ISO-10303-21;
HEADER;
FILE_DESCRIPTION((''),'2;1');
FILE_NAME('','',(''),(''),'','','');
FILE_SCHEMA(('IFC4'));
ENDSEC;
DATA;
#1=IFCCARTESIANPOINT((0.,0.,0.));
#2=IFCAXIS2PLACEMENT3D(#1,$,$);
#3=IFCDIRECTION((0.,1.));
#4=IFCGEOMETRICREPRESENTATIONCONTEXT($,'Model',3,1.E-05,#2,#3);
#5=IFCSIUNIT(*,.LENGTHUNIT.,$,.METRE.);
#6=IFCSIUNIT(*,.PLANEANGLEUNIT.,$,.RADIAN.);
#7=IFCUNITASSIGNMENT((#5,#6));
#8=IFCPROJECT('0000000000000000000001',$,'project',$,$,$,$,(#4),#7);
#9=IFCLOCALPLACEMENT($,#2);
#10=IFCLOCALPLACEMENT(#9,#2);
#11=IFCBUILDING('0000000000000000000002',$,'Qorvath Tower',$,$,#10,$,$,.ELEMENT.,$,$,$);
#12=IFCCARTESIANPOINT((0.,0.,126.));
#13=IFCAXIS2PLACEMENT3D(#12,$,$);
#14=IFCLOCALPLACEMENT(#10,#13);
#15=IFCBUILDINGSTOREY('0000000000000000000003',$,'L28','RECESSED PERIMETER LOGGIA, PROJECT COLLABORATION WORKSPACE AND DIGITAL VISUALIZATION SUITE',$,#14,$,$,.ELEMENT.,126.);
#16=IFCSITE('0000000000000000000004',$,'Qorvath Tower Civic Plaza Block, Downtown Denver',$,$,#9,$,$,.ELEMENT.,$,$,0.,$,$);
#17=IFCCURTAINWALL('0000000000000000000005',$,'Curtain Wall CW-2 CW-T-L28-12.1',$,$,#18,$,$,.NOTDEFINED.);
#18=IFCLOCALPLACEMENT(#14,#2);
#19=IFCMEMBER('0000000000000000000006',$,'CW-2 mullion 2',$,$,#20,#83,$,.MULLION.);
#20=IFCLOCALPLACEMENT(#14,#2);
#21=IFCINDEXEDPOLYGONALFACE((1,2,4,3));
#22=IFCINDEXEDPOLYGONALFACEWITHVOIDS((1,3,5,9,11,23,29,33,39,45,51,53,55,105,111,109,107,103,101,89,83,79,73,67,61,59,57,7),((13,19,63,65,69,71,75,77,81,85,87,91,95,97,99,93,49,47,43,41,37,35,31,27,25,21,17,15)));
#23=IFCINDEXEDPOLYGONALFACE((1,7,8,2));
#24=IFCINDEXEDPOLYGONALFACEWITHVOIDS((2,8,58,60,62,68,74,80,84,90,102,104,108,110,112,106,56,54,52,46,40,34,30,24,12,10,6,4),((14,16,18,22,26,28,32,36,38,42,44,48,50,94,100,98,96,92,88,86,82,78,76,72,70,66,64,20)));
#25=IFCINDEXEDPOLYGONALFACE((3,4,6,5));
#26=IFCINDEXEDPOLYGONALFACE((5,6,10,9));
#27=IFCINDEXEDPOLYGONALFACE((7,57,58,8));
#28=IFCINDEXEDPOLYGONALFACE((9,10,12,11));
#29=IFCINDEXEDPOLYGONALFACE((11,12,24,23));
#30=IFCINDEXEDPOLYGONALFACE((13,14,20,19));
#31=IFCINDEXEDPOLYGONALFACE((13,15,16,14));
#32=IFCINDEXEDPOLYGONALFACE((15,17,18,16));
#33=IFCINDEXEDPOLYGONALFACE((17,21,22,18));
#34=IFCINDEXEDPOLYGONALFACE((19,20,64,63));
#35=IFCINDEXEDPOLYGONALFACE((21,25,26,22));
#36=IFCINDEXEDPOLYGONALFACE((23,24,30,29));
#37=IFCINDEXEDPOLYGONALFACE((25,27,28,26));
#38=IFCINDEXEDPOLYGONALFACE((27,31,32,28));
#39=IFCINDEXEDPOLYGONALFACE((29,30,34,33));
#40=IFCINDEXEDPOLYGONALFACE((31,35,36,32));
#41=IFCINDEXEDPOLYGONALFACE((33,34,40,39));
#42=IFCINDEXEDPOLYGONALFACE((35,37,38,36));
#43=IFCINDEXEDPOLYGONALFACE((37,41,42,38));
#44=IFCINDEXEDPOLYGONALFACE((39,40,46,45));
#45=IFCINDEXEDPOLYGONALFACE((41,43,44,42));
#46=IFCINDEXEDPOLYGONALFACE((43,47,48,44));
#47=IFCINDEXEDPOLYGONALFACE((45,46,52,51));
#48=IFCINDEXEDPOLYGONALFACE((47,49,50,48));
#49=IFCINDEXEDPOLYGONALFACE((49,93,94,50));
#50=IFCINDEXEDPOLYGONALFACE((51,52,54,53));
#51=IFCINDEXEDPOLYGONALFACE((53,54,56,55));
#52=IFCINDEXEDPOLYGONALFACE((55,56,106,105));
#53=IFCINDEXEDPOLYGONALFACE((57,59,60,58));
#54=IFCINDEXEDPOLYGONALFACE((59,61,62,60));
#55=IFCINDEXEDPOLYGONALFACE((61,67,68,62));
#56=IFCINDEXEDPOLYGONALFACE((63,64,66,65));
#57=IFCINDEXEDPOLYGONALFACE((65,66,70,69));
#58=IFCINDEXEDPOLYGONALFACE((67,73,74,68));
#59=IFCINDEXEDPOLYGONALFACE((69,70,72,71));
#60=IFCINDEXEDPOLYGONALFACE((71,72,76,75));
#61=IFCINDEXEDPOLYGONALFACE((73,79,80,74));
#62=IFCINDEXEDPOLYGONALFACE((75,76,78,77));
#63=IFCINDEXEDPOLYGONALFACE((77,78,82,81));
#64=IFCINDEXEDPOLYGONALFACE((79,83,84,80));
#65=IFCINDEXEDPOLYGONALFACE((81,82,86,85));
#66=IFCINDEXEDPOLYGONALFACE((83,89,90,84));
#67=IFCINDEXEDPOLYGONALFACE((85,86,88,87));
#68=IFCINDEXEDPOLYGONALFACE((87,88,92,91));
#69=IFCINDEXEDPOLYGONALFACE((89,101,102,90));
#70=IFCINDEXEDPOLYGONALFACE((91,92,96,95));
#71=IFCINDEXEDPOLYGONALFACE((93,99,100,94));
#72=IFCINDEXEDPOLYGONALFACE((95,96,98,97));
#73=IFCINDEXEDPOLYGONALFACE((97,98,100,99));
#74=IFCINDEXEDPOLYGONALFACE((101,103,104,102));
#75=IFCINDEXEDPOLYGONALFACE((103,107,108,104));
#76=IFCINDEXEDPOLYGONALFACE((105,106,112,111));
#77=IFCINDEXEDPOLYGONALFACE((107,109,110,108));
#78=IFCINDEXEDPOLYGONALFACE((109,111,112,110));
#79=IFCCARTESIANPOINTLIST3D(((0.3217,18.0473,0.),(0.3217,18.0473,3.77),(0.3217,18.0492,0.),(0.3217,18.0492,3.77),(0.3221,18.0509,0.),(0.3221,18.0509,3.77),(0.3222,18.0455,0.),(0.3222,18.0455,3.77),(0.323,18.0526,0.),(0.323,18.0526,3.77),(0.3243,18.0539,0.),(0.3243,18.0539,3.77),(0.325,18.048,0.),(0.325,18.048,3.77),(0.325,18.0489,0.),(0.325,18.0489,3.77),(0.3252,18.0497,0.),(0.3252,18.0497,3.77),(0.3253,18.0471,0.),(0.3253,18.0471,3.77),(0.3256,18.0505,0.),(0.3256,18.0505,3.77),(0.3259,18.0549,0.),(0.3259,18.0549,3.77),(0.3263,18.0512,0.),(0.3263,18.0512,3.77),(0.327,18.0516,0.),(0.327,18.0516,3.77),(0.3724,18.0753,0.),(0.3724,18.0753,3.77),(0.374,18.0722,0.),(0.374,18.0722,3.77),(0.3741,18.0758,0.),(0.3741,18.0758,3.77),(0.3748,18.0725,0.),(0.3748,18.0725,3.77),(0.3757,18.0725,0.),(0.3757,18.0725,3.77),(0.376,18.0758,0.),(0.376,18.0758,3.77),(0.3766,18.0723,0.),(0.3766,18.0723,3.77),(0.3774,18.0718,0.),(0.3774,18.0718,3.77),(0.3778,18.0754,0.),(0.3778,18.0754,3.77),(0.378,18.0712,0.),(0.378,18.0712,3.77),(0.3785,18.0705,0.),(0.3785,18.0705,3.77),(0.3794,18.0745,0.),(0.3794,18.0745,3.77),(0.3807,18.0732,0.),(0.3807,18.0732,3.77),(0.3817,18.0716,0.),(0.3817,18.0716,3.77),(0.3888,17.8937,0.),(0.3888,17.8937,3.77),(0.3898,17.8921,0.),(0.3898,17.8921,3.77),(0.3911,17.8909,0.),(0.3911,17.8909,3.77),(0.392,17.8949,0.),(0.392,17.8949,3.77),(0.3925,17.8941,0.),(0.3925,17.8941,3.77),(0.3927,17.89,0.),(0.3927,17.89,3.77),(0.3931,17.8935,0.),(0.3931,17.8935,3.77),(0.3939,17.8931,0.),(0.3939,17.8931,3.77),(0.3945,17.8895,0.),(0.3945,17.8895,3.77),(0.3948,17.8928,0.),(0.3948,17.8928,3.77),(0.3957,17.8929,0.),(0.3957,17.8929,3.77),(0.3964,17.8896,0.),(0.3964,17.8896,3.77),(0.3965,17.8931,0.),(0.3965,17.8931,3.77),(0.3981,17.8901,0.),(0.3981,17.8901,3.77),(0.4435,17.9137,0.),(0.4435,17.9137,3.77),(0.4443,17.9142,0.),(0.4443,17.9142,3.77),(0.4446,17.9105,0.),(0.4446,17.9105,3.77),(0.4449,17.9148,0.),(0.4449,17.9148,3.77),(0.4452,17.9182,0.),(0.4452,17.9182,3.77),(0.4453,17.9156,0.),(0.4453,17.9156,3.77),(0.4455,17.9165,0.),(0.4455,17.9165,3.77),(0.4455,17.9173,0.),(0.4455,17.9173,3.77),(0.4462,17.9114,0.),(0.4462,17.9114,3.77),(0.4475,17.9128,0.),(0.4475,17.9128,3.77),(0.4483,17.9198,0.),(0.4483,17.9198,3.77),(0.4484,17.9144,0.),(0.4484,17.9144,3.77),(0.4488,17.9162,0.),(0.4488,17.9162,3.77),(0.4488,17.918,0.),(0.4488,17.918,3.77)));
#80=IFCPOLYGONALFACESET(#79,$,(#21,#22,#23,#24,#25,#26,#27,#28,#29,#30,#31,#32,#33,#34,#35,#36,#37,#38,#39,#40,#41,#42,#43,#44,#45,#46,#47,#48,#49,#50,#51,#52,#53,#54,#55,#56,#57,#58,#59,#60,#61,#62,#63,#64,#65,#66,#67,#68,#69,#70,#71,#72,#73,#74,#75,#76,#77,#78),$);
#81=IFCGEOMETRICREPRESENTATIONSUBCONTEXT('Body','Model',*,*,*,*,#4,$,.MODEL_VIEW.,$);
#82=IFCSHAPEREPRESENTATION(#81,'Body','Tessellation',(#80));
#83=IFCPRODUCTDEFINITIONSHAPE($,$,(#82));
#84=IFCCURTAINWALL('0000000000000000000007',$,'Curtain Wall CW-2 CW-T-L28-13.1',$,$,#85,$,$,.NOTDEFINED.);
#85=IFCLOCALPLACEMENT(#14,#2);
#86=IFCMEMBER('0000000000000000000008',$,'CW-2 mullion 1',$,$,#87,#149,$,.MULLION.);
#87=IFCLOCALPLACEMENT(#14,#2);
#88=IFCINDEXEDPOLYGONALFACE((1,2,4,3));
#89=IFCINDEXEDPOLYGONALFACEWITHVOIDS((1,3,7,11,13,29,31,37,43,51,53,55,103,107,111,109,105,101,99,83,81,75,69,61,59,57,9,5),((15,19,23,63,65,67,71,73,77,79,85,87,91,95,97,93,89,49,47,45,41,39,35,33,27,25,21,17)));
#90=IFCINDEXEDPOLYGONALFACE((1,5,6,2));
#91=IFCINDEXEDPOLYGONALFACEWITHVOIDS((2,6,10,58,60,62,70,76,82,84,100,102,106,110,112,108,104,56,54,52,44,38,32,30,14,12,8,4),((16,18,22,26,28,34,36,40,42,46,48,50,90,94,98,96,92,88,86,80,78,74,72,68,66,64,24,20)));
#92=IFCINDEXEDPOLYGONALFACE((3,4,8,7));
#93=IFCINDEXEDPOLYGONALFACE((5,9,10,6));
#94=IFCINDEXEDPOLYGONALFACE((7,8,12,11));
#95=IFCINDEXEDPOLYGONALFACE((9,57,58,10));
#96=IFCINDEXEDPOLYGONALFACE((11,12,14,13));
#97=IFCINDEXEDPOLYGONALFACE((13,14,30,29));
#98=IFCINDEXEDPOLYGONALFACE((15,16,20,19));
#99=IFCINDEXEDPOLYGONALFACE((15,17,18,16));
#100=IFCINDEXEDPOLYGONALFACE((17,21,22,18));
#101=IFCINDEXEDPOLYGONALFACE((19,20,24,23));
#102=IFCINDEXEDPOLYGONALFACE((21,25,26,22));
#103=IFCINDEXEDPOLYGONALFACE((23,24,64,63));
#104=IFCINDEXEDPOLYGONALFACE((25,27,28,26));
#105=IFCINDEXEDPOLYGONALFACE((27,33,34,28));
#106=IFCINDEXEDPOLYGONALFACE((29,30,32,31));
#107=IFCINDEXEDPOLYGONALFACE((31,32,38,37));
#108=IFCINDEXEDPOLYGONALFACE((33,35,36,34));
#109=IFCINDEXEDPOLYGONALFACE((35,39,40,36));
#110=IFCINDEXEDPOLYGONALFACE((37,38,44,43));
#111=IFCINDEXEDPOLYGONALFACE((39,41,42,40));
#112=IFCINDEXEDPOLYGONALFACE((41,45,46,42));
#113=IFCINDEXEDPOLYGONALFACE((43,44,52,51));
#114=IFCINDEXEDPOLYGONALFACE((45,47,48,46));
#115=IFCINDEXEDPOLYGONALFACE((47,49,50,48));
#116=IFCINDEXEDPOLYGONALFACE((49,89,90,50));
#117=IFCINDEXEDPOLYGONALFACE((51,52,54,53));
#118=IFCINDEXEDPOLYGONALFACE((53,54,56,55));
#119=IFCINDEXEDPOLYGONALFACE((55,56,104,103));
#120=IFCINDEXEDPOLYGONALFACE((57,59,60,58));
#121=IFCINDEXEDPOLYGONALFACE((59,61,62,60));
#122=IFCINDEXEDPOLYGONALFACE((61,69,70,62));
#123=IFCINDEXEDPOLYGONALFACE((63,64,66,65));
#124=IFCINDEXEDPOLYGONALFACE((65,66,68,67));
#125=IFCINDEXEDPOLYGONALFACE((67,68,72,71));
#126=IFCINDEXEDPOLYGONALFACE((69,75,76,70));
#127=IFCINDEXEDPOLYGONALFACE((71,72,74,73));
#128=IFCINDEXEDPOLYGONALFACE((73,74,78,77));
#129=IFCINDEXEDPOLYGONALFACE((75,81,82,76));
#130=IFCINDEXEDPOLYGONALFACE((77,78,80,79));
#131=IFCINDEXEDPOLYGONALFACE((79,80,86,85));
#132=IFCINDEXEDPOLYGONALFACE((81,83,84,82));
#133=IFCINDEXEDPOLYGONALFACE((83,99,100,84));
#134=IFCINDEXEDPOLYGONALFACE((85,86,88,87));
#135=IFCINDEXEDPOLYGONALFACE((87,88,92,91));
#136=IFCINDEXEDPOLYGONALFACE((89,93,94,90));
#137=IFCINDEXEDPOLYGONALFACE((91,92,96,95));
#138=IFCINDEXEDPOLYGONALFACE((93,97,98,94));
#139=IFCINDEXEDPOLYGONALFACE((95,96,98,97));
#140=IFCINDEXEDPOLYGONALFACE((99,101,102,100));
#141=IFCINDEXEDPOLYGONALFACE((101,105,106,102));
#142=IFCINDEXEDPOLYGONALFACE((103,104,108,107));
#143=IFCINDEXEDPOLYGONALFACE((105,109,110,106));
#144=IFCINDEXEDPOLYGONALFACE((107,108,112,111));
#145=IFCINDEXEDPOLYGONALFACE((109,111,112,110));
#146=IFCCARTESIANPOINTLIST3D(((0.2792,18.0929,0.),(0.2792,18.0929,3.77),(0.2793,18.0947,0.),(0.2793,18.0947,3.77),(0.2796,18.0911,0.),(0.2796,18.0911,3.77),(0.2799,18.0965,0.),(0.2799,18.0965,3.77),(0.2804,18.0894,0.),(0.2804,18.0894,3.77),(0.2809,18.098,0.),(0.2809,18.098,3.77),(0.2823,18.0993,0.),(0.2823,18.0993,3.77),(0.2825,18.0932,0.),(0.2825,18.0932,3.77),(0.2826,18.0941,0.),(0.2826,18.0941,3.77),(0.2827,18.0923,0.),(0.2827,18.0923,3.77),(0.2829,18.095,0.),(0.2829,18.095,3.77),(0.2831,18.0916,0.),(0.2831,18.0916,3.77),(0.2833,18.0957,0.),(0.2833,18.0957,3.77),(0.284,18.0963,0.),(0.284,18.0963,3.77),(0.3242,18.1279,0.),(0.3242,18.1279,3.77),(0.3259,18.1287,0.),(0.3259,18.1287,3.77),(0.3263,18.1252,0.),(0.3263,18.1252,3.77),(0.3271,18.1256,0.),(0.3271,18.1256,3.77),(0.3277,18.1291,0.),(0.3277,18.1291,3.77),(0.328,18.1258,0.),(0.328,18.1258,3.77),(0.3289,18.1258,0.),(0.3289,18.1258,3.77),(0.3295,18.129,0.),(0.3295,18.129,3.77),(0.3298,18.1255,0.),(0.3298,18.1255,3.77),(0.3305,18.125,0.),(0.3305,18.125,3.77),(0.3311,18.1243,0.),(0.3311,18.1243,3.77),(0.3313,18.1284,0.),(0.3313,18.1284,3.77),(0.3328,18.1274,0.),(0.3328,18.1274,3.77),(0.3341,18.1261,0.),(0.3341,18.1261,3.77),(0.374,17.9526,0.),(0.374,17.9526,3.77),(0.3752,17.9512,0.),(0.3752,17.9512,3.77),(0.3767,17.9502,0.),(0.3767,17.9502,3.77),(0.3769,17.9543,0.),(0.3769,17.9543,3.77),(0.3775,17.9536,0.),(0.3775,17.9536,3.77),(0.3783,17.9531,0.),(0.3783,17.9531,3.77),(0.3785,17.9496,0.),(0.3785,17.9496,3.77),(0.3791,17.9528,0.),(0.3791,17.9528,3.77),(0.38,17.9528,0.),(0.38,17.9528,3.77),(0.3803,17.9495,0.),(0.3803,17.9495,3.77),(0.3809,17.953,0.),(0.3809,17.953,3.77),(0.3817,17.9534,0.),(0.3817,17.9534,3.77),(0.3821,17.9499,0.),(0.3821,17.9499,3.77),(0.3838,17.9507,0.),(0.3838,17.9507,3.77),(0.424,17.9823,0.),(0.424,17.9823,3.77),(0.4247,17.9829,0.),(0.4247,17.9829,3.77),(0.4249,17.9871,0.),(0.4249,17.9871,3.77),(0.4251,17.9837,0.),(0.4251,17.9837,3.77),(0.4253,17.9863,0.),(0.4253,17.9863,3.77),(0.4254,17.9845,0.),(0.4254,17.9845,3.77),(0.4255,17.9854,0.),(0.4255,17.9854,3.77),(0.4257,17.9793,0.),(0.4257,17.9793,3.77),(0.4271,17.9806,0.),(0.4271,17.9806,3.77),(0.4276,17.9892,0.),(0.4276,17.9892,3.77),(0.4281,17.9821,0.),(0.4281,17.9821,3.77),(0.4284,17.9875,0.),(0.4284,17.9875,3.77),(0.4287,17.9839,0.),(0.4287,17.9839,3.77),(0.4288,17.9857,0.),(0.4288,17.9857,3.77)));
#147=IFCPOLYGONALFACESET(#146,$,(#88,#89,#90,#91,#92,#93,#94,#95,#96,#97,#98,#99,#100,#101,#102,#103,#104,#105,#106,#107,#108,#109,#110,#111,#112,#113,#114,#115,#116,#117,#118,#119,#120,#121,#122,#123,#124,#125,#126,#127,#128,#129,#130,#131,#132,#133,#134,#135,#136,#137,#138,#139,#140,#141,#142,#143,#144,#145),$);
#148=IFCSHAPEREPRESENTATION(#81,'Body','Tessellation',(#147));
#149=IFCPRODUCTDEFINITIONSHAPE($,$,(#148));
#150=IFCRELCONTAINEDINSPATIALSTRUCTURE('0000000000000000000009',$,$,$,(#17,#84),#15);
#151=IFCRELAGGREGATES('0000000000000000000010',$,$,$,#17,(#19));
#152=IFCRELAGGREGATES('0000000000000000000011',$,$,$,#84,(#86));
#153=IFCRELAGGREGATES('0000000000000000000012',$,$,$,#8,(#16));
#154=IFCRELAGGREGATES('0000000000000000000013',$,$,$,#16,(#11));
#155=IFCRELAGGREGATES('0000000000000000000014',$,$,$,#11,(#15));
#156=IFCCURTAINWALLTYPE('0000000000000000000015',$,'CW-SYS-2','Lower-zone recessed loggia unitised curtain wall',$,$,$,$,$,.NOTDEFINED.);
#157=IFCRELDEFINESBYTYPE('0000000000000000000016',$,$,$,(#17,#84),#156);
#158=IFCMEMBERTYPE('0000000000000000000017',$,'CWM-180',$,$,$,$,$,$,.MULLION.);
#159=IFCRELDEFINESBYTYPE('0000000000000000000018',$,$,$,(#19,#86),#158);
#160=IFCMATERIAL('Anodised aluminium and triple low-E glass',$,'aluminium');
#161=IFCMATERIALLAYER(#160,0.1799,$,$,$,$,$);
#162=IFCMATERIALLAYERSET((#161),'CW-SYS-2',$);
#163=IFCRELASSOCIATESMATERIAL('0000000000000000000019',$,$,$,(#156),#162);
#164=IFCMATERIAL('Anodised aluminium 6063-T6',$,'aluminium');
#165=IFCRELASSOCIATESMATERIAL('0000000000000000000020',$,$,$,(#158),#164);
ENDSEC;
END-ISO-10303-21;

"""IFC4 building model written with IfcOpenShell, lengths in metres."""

from ifc_helpers import new_model, si_unit, direction, frame, origin, origin_2d, place, context, subcontext, project, spatial, hollow_rectangle, extrude, material, layer, layer_set, material_profile, profile_set, type_object, element, aggregate, save


model = new_model("IFC4")

# Units and contexts
model_context = context("Model", 3, precision=1e-05, world=origin(), true_north=direction((0.0, 1.0)))
body_context = subcontext(model_context, "Body", "Model", "MODEL_VIEW")
ifc_project = project(units=[si_unit("LENGTHUNIT", "METRE"), si_unit("PLANEANGLEUNIT", "RADIAN")], contexts=[model_context])

# Site, building, storey
site_placement = place(None, origin())
site = spatial("IfcSite", under=ifc_project, at=site_placement, Name="Qorvath Tower Civic Plaza Block, Downtown Denver", CompositionType="ELEMENT", RefElevation=0.0)
building_placement = place(site_placement, origin())
building = spatial("IfcBuilding", under=site, at=building_placement, Name="Qorvath Tower", CompositionType="ELEMENT")
storey_placement = place(building_placement, frame((0.0, 0.0, 126.0)))
storey = spatial("IfcBuildingStorey", under=building, at=storey_placement, Name="L28", Description="RECESSED PERIMETER LOGGIA, PROJECT COLLABORATION WORKSPACE AND DIGITAL VISUALIZATION SUITE", CompositionType="ELEMENT", Elevation=126.0)

# Shared definitions
ifc_material_1 = material(Name="Anodised aluminium and triple low-E glass", Category="aluminium")
ifc_layer_1 = layer(ifc_material_1, 0.1799)
ifc_layer_set_1 = layer_set([ifc_layer_1], Name="CW-SYS-2")
curtain_wall_type = type_object("IfcCurtainWallType", Name="CW-SYS-2", Description="Lower-zone recessed loggia unitised curtain wall", PredefinedType="NOTDEFINED", material=ifc_layer_set_1)
ifc_material_2 = material(Name="Anodised aluminium 6063-T6", Category="aluminium")
ifc_material_profile_1 = material_profile(ifc_material_2, hollow_rectangle(XDim=0.0649, YDim=0.1799, WallThickness=0.0034, InnerFilletRadius=0.0034, OuterFilletRadius=0.0071, at=origin_2d()), Name="CWM 180x65")
ifc_profile_set_1 = profile_set([ifc_material_profile_1], Name="Anodised aluminium 6063-T6")
member_type_1 = type_object("IfcMemberType", Name="CWM-180", PredefinedType="MULLION", material=ifc_profile_set_1)

# Curtain walls, members
curtain_wall_1_placement = place(storey_placement, origin())
curtain_wall_1 = element("IfcCurtainWall", 1, at=curtain_wall_1_placement, inside=storey, type_object=curtain_wall_type, Name="Curtain Wall CW-2 CW-T-L28-12.1", PredefinedType="NOTDEFINED")
member_1_placement = place(storey_placement, frame((0.3853, 17.9827, 0.0), z_axis=(0.0, 0.0, 1.0), x_axis=(-0.915794, -0.401649, 0.0)))
member_1 = element("IfcMember", 2, at=member_1_placement, type_object=member_type_1, Name="CW-2 mullion 2", PredefinedType="MULLION", context=body_context, shape_type="SweptSolid", body=[
    extrude(hollow_rectangle(XDim=0.0649, YDim=0.1799, WallThickness=0.0034, InnerFilletRadius=0.0034, OuterFilletRadius=0.0071, at=origin_2d()), origin(), (0.0, 0.0, 1.0), 3.77),
])
curtain_wall_2_placement = place(storey_placement, origin())
curtain_wall_2 = element("IfcCurtainWall", 3, at=curtain_wall_2_placement, inside=storey, type_object=curtain_wall_type, Name="Curtain Wall CW-2 CW-T-L28-13.1", PredefinedType="NOTDEFINED")
member_2_placement = place(storey_placement, frame((0.354, 18.0393, 0.0), z_axis=(0.0, 0.0, 1.0), x_axis=(-0.825663, -0.564164, 0.0)))
member_2 = element("IfcMember", 4, at=member_2_placement, type_object=member_type_1, Name="CW-2 mullion 1", PredefinedType="MULLION", context=body_context, shape_type="SweptSolid", body=[
    extrude(hollow_rectangle(XDim=0.0649, YDim=0.1799, WallThickness=0.0034, InnerFilletRadius=0.0034, OuterFilletRadius=0.0071, at=origin_2d()), origin(), (0.0, 0.0, 1.0), 3.77),
])

aggregate(curtain_wall_1, [member_1])
aggregate(curtain_wall_2, [member_2])

save(model, "model.ifc")
